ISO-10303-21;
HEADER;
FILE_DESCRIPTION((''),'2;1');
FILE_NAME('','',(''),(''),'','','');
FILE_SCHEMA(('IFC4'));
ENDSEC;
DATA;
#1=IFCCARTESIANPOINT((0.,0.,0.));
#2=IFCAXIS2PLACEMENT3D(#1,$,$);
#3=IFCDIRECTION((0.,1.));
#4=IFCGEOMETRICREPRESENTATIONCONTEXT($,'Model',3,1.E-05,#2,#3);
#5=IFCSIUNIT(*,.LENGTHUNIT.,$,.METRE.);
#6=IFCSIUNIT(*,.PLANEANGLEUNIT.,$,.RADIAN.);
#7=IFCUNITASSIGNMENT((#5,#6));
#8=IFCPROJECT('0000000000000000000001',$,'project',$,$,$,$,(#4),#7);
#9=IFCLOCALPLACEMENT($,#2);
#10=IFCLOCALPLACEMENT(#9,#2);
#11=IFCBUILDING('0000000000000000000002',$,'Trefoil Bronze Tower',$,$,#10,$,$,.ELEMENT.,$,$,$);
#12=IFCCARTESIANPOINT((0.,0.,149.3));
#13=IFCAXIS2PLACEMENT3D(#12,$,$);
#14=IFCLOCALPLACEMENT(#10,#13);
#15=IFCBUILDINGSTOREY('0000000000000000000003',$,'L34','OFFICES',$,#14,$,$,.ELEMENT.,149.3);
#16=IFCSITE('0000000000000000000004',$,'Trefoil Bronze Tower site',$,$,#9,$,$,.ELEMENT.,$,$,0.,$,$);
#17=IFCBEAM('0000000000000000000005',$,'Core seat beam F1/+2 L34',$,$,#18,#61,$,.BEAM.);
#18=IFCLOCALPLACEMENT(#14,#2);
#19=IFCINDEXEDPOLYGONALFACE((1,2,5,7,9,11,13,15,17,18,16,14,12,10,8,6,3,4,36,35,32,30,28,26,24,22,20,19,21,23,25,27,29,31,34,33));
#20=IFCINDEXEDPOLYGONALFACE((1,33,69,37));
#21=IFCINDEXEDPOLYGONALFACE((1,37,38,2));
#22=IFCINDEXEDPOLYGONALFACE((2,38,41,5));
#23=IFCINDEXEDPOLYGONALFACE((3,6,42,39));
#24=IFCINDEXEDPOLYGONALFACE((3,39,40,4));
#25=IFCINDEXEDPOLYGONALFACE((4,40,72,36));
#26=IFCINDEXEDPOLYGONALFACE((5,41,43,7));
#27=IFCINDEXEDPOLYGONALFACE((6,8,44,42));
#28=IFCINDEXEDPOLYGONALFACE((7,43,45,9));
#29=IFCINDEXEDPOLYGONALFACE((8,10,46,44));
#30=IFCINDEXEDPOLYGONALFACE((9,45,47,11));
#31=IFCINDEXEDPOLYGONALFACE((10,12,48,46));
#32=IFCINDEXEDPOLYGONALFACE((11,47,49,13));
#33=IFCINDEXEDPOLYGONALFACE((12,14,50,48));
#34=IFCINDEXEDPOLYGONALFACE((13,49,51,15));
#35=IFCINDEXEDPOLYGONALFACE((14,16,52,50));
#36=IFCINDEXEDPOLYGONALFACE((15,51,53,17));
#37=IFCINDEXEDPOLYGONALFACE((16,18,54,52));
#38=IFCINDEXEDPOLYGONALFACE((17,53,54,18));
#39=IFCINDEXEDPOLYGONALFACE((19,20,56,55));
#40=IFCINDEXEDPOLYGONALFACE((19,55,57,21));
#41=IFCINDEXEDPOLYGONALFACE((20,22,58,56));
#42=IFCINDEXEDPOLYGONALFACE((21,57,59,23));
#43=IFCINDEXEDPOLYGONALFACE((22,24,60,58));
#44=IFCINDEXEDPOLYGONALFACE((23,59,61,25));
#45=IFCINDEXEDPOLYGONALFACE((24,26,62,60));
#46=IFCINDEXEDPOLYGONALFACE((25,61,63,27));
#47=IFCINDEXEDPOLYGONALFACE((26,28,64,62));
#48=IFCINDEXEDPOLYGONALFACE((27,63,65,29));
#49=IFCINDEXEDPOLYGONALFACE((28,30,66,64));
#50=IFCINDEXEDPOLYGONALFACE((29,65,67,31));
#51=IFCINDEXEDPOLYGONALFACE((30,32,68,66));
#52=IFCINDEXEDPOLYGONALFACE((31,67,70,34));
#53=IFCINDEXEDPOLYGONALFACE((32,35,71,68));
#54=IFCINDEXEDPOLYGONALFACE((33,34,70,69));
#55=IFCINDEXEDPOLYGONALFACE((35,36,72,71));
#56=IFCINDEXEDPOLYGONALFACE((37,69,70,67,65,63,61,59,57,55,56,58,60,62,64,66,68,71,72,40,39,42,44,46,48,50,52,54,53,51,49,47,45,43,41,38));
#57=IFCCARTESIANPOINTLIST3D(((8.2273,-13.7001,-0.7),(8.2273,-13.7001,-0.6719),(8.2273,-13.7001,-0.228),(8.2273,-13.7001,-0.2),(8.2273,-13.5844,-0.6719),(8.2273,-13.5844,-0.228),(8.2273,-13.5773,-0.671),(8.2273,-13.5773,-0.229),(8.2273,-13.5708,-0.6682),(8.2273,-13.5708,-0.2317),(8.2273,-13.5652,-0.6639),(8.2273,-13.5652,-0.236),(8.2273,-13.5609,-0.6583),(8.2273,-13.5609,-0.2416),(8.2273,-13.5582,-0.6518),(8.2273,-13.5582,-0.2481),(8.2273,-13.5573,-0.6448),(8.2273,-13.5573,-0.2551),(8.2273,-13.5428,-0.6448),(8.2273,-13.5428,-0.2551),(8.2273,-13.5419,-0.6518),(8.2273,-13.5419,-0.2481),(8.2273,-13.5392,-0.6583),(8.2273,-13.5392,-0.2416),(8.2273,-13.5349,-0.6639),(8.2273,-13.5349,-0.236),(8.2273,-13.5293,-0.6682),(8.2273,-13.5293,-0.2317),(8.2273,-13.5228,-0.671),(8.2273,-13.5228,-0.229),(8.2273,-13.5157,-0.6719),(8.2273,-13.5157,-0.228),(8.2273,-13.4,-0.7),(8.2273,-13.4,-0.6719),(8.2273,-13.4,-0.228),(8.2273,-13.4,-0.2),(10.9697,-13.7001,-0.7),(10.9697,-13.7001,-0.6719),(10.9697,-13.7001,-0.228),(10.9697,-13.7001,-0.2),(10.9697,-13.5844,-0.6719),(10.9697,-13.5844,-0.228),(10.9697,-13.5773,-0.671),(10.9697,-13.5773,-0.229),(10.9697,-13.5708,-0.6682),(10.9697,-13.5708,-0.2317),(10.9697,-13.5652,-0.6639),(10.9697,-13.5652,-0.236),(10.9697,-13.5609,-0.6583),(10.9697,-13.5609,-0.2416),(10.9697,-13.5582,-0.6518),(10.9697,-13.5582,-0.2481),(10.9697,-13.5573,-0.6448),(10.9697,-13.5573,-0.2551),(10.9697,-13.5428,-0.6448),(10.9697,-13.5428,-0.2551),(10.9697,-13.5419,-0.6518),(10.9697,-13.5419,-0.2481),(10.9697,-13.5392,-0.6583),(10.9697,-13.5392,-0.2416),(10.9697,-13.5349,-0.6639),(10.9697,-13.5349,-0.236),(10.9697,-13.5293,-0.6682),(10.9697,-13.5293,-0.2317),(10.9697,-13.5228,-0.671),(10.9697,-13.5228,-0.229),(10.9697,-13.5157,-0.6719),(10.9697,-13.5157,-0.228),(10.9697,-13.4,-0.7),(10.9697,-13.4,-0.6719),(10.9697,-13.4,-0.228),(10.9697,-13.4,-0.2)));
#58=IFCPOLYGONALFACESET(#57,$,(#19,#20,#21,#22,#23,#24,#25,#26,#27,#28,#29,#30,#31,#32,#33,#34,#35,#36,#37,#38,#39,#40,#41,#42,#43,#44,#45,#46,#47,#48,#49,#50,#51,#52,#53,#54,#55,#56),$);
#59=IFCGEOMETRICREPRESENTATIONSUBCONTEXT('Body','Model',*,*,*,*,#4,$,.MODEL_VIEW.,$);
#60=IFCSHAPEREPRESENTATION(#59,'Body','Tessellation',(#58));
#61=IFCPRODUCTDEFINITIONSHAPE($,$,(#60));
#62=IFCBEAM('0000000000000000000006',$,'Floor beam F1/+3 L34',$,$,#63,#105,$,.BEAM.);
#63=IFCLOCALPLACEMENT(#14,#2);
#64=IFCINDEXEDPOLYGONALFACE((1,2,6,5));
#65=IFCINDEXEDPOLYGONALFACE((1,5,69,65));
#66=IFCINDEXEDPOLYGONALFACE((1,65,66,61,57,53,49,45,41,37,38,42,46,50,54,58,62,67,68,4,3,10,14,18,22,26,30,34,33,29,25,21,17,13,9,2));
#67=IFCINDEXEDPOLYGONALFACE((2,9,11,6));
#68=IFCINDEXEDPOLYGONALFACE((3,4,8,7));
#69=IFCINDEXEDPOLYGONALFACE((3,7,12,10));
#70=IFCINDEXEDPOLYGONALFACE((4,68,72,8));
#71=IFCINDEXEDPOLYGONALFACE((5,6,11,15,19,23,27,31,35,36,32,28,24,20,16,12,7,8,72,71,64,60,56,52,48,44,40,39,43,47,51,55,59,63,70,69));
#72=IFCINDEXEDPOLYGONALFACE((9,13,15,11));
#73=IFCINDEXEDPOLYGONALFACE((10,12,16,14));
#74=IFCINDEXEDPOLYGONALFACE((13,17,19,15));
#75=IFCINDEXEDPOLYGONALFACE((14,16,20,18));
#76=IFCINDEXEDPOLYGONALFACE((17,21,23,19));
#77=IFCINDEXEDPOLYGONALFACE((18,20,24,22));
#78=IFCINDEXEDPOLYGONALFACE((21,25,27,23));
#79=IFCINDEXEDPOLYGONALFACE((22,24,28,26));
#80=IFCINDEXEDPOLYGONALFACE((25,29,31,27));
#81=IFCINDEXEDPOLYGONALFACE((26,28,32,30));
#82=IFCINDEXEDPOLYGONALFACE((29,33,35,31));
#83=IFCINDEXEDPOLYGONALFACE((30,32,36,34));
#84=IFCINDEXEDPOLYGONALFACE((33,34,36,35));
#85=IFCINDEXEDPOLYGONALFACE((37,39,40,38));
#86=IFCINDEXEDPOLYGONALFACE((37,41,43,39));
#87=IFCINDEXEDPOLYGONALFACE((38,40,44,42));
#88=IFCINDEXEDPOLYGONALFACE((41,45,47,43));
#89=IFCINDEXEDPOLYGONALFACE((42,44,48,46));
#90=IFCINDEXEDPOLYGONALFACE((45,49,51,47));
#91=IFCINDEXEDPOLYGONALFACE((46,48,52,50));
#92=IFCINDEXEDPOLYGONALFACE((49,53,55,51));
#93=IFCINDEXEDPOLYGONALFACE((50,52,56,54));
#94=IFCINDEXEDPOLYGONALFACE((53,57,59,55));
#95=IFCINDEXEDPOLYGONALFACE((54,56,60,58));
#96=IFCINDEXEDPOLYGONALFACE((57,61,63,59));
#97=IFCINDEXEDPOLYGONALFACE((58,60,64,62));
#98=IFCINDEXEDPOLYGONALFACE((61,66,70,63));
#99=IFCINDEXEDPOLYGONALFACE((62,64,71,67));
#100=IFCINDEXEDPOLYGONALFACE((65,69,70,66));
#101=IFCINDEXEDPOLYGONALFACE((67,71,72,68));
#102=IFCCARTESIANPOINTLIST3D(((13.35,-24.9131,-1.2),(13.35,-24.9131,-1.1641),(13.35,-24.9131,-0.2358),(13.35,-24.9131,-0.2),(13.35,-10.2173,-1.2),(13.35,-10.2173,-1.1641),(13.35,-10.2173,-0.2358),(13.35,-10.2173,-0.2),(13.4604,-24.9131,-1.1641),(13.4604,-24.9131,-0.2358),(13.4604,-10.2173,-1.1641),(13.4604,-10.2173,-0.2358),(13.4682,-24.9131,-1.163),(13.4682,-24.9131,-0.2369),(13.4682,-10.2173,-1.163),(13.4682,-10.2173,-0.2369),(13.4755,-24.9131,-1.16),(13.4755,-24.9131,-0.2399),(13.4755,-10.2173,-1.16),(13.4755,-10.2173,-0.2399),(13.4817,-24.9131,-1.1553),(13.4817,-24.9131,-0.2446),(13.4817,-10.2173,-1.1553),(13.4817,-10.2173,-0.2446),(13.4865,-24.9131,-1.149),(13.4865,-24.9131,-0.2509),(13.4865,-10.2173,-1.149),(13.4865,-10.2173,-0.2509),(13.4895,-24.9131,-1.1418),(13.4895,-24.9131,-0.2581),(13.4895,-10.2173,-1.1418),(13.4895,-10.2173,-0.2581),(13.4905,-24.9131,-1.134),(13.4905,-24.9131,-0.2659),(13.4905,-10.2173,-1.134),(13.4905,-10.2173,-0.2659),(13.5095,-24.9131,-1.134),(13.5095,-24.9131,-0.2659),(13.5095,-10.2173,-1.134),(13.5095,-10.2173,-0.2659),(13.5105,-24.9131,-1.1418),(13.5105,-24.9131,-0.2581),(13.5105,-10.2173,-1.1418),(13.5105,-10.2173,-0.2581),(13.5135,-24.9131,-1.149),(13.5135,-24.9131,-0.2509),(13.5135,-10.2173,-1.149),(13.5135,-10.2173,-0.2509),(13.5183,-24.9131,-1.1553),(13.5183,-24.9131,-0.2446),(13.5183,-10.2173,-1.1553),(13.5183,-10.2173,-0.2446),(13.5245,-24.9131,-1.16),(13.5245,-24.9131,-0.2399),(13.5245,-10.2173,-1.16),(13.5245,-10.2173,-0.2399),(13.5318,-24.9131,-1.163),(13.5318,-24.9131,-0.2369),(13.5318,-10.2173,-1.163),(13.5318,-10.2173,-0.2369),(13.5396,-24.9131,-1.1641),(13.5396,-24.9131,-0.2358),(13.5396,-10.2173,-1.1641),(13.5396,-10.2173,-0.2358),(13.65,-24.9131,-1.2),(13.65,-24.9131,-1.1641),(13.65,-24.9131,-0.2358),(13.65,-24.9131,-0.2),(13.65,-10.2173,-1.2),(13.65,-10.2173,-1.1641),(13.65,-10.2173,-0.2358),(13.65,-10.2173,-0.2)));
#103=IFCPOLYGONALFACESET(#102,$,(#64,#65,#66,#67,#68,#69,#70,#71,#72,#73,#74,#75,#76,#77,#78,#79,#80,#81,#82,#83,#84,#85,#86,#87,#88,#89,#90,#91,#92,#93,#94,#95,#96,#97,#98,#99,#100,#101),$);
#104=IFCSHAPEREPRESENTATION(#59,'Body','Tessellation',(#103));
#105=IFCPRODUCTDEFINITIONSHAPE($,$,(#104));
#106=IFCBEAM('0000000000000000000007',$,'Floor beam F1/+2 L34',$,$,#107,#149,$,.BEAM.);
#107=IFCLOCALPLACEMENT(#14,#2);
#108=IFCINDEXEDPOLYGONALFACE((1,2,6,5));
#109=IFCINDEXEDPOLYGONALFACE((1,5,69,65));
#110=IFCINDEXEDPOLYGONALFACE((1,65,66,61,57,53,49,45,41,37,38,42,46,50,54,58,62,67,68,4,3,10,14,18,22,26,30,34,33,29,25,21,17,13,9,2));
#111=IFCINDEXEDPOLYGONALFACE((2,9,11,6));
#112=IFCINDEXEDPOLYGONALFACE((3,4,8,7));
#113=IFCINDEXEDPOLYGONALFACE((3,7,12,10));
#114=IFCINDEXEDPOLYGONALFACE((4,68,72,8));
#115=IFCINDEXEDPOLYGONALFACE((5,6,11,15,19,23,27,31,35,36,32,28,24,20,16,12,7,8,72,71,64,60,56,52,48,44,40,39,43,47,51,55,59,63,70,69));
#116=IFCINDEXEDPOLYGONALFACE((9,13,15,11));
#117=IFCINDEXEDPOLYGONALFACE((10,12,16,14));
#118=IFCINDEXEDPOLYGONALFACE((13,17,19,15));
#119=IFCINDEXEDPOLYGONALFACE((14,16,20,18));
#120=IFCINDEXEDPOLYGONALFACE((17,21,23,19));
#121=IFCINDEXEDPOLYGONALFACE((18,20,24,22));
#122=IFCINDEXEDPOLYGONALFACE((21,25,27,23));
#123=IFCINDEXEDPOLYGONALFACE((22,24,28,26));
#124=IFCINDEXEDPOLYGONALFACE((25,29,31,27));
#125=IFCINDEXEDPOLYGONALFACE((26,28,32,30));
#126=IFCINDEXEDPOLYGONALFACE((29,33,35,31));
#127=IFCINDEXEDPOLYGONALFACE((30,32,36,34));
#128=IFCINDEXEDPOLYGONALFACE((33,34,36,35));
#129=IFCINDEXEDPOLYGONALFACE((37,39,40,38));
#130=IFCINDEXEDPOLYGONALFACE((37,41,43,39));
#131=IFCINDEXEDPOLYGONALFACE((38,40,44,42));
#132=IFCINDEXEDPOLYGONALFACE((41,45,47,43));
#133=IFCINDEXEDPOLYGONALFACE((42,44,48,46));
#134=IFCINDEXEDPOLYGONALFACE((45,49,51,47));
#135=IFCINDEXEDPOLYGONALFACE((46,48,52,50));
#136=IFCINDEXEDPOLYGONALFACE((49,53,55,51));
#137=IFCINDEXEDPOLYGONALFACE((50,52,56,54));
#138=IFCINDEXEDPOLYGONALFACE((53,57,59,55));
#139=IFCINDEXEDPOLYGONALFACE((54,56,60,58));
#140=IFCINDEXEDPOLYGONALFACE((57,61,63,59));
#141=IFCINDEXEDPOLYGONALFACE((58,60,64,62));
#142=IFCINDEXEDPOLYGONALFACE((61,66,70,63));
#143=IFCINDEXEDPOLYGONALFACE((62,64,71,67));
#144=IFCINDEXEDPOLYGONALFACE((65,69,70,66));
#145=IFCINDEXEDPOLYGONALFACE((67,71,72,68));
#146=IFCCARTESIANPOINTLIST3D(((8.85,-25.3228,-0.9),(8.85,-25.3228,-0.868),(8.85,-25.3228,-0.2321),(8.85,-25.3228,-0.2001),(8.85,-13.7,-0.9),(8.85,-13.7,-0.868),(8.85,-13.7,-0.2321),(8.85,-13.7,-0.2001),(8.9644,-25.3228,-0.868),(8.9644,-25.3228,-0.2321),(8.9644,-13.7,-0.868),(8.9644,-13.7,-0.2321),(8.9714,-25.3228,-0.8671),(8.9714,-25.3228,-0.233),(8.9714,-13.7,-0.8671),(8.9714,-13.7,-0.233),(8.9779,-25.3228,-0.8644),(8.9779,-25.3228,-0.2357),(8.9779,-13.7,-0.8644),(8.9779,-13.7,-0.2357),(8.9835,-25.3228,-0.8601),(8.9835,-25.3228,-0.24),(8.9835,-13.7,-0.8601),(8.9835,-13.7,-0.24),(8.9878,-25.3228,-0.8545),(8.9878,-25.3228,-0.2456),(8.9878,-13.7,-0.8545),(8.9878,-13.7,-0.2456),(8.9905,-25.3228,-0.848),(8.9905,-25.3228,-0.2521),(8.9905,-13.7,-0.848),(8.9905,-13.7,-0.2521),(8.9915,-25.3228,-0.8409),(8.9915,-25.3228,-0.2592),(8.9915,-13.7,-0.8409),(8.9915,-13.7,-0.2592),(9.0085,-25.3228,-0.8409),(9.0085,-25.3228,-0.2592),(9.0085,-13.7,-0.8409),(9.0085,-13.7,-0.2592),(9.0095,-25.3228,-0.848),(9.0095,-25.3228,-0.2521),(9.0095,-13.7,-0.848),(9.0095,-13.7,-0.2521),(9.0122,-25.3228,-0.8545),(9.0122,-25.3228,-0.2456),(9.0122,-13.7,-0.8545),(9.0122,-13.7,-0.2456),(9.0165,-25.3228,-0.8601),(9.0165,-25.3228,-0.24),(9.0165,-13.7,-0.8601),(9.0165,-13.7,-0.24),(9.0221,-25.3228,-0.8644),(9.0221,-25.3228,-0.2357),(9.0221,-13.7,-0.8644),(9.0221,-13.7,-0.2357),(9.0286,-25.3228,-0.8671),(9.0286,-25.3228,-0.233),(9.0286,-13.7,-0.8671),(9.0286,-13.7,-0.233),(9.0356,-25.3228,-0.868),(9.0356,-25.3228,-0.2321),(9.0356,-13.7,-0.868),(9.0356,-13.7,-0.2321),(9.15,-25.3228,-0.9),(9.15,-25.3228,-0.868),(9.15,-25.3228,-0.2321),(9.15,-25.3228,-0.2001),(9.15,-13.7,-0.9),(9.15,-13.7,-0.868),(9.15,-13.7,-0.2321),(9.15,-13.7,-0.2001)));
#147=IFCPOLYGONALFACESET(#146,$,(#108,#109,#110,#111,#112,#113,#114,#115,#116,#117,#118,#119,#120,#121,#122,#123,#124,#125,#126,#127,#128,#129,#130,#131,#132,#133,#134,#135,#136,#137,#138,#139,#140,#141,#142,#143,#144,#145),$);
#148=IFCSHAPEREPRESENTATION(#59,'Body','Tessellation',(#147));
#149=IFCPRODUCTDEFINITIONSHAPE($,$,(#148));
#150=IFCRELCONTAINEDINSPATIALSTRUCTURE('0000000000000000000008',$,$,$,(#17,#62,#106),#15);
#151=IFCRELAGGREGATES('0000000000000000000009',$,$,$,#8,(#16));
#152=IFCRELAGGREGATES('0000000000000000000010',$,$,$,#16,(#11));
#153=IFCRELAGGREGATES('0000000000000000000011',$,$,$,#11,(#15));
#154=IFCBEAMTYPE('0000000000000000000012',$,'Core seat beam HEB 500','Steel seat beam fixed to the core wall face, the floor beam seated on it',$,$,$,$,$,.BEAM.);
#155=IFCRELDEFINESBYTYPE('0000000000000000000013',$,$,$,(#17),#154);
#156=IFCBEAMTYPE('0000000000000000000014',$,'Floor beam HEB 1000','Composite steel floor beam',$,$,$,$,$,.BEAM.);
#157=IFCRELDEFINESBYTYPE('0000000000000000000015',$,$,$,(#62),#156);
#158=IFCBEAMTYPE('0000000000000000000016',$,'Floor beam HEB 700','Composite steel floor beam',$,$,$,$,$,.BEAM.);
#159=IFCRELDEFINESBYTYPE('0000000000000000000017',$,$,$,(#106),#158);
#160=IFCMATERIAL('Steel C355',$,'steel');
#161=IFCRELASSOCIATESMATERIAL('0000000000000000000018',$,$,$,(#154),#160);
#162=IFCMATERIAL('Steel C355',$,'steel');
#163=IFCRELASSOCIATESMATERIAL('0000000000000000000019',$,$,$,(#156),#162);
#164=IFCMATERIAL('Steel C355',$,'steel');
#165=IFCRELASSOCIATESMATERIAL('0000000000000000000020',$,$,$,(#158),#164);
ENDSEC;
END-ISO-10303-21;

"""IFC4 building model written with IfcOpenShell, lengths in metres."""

from ifc_helpers import new_model, si_unit, direction, frame, origin, origin_2d, place, context, subcontext, project, spatial, i_section, extrude, material, material_profile, profile_set, type_object, element, save


model = new_model("IFC4")

# Units and contexts
model_context = context("Model", 3, precision=1e-05, world=origin(), true_north=direction((0.0, 1.0)))
body_context = subcontext(model_context, "Body", "Model", "MODEL_VIEW")
ifc_project = project(units=[si_unit("LENGTHUNIT", "METRE"), si_unit("PLANEANGLEUNIT", "RADIAN")], contexts=[model_context])

# Site, building, storey
site_placement = place(None, origin())
site = spatial("IfcSite", under=ifc_project, at=site_placement, Name="Trefoil Bronze Tower site", CompositionType="ELEMENT", RefElevation=0.0)
building_placement = place(site_placement, origin())
building = spatial("IfcBuilding", under=site, at=building_placement, Name="Trefoil Bronze Tower", CompositionType="ELEMENT")
storey_placement = place(building_placement, frame((0.0, 0.0, 149.3)))
storey = spatial("IfcBuildingStorey", under=building, at=storey_placement, Name="L34", Description="OFFICES", CompositionType="ELEMENT", Elevation=149.3)

# Beams
ifc_material_1 = material(Name="Steel C355", Category="steel")
ifc_material_profile_1 = material_profile(ifc_material_1, i_section(OverallWidth=0.3, OverallDepth=0.5, WebThickness=0.0144, FlangeThickness=0.0281, FilletRadius=0.0271, at=origin_2d()), Name="HEB 500")
ifc_profile_set_1 = profile_set([ifc_material_profile_1], Name="Steel C355")
beam_type_1 = type_object("IfcBeamType", Name="Core seat beam HEB 500", Description="Steel seat beam fixed to the core wall face, the floor beam seated on it", PredefinedType="BEAM", material=ifc_profile_set_1)
for number, where, z_axis, x_axis, name in (
    (1, (8.2273, -13.55, -0.45), (1.0, 0.0, 0.0), (0.0, 1.0, 0.0), "Core seat beam F1/+2 L34"),
):
    element("IfcBeam", number, at=place(storey_placement, frame(where, z_axis=z_axis, x_axis=x_axis)), inside=storey, type_object=beam_type_1, Name=name, PredefinedType="BEAM", context=body_context, shape_type="SweptSolid", body=[
        extrude(i_section(OverallWidth=0.3, OverallDepth=0.5, WebThickness=0.0144, FlangeThickness=0.0281, FilletRadius=0.0271, at=origin_2d()), origin(), (0.0, 0.0, 1.0), 2.7424),
    ])
ifc_material_2 = material(Name="Steel C355", Category="steel")
ifc_material_profile_2 = material_profile(ifc_material_2, i_section(OverallWidth=0.3, OverallDepth=1.0, WebThickness=0.019, FlangeThickness=0.0359, FilletRadius=0.03, at=origin_2d()), Name="HEB 1000")
ifc_profile_set_2 = profile_set([ifc_material_profile_2], Name="Steel C355")
beam_type_2 = type_object("IfcBeamType", Name="Floor beam HEB 1000", Description="Composite steel floor beam", PredefinedType="BEAM", material=ifc_profile_set_2)
beam_1_placement = place(storey_placement, frame((13.5, -24.9131, -0.7), z_axis=(0.0, 1.0, 0.0), x_axis=(-1.0, 0.0, 0.0)))
element("IfcBeam", 2, at=beam_1_placement, inside=storey, type_object=beam_type_2, Name="Floor beam F1/+3 L34", PredefinedType="BEAM", context=body_context, shape_type="SweptSolid", body=[
    extrude(i_section(OverallWidth=0.3, OverallDepth=1.0, WebThickness=0.019, FlangeThickness=0.0359, FilletRadius=0.03, at=origin_2d()), origin(), (0.0, 0.0, 1.0), 14.6958),
])
ifc_material_3 = material(Name="Steel C355", Category="steel")
ifc_material_profile_3 = material_profile(ifc_material_3, i_section(OverallWidth=0.3, OverallDepth=0.7, WebThickness=0.0171, FlangeThickness=0.032, FilletRadius=0.0271, at=origin_2d()), Name="HEB 700")
ifc_profile_set_3 = profile_set([ifc_material_profile_3], Name="Steel C355")
beam_type_3 = type_object("IfcBeamType", Name="Floor beam HEB 700", Description="Composite steel floor beam", PredefinedType="BEAM", material=ifc_profile_set_3)
beam_2_placement = place(storey_placement, frame((9.0, -25.3228, -0.55), z_axis=(0.0, 1.0, 0.0), x_axis=(-1.0, 0.0, 0.0)))
element("IfcBeam", 3, at=beam_2_placement, inside=storey, type_object=beam_type_3, Name="Floor beam F1/+2 L34", PredefinedType="BEAM", context=body_context, shape_type="SweptSolid", body=[
    extrude(i_section(OverallWidth=0.3, OverallDepth=0.7, WebThickness=0.0171, FlangeThickness=0.032, FilletRadius=0.0271, at=origin_2d()), origin(), (0.0, 0.0, 1.0), 11.6228),
])

save(model, "model.ifc")
